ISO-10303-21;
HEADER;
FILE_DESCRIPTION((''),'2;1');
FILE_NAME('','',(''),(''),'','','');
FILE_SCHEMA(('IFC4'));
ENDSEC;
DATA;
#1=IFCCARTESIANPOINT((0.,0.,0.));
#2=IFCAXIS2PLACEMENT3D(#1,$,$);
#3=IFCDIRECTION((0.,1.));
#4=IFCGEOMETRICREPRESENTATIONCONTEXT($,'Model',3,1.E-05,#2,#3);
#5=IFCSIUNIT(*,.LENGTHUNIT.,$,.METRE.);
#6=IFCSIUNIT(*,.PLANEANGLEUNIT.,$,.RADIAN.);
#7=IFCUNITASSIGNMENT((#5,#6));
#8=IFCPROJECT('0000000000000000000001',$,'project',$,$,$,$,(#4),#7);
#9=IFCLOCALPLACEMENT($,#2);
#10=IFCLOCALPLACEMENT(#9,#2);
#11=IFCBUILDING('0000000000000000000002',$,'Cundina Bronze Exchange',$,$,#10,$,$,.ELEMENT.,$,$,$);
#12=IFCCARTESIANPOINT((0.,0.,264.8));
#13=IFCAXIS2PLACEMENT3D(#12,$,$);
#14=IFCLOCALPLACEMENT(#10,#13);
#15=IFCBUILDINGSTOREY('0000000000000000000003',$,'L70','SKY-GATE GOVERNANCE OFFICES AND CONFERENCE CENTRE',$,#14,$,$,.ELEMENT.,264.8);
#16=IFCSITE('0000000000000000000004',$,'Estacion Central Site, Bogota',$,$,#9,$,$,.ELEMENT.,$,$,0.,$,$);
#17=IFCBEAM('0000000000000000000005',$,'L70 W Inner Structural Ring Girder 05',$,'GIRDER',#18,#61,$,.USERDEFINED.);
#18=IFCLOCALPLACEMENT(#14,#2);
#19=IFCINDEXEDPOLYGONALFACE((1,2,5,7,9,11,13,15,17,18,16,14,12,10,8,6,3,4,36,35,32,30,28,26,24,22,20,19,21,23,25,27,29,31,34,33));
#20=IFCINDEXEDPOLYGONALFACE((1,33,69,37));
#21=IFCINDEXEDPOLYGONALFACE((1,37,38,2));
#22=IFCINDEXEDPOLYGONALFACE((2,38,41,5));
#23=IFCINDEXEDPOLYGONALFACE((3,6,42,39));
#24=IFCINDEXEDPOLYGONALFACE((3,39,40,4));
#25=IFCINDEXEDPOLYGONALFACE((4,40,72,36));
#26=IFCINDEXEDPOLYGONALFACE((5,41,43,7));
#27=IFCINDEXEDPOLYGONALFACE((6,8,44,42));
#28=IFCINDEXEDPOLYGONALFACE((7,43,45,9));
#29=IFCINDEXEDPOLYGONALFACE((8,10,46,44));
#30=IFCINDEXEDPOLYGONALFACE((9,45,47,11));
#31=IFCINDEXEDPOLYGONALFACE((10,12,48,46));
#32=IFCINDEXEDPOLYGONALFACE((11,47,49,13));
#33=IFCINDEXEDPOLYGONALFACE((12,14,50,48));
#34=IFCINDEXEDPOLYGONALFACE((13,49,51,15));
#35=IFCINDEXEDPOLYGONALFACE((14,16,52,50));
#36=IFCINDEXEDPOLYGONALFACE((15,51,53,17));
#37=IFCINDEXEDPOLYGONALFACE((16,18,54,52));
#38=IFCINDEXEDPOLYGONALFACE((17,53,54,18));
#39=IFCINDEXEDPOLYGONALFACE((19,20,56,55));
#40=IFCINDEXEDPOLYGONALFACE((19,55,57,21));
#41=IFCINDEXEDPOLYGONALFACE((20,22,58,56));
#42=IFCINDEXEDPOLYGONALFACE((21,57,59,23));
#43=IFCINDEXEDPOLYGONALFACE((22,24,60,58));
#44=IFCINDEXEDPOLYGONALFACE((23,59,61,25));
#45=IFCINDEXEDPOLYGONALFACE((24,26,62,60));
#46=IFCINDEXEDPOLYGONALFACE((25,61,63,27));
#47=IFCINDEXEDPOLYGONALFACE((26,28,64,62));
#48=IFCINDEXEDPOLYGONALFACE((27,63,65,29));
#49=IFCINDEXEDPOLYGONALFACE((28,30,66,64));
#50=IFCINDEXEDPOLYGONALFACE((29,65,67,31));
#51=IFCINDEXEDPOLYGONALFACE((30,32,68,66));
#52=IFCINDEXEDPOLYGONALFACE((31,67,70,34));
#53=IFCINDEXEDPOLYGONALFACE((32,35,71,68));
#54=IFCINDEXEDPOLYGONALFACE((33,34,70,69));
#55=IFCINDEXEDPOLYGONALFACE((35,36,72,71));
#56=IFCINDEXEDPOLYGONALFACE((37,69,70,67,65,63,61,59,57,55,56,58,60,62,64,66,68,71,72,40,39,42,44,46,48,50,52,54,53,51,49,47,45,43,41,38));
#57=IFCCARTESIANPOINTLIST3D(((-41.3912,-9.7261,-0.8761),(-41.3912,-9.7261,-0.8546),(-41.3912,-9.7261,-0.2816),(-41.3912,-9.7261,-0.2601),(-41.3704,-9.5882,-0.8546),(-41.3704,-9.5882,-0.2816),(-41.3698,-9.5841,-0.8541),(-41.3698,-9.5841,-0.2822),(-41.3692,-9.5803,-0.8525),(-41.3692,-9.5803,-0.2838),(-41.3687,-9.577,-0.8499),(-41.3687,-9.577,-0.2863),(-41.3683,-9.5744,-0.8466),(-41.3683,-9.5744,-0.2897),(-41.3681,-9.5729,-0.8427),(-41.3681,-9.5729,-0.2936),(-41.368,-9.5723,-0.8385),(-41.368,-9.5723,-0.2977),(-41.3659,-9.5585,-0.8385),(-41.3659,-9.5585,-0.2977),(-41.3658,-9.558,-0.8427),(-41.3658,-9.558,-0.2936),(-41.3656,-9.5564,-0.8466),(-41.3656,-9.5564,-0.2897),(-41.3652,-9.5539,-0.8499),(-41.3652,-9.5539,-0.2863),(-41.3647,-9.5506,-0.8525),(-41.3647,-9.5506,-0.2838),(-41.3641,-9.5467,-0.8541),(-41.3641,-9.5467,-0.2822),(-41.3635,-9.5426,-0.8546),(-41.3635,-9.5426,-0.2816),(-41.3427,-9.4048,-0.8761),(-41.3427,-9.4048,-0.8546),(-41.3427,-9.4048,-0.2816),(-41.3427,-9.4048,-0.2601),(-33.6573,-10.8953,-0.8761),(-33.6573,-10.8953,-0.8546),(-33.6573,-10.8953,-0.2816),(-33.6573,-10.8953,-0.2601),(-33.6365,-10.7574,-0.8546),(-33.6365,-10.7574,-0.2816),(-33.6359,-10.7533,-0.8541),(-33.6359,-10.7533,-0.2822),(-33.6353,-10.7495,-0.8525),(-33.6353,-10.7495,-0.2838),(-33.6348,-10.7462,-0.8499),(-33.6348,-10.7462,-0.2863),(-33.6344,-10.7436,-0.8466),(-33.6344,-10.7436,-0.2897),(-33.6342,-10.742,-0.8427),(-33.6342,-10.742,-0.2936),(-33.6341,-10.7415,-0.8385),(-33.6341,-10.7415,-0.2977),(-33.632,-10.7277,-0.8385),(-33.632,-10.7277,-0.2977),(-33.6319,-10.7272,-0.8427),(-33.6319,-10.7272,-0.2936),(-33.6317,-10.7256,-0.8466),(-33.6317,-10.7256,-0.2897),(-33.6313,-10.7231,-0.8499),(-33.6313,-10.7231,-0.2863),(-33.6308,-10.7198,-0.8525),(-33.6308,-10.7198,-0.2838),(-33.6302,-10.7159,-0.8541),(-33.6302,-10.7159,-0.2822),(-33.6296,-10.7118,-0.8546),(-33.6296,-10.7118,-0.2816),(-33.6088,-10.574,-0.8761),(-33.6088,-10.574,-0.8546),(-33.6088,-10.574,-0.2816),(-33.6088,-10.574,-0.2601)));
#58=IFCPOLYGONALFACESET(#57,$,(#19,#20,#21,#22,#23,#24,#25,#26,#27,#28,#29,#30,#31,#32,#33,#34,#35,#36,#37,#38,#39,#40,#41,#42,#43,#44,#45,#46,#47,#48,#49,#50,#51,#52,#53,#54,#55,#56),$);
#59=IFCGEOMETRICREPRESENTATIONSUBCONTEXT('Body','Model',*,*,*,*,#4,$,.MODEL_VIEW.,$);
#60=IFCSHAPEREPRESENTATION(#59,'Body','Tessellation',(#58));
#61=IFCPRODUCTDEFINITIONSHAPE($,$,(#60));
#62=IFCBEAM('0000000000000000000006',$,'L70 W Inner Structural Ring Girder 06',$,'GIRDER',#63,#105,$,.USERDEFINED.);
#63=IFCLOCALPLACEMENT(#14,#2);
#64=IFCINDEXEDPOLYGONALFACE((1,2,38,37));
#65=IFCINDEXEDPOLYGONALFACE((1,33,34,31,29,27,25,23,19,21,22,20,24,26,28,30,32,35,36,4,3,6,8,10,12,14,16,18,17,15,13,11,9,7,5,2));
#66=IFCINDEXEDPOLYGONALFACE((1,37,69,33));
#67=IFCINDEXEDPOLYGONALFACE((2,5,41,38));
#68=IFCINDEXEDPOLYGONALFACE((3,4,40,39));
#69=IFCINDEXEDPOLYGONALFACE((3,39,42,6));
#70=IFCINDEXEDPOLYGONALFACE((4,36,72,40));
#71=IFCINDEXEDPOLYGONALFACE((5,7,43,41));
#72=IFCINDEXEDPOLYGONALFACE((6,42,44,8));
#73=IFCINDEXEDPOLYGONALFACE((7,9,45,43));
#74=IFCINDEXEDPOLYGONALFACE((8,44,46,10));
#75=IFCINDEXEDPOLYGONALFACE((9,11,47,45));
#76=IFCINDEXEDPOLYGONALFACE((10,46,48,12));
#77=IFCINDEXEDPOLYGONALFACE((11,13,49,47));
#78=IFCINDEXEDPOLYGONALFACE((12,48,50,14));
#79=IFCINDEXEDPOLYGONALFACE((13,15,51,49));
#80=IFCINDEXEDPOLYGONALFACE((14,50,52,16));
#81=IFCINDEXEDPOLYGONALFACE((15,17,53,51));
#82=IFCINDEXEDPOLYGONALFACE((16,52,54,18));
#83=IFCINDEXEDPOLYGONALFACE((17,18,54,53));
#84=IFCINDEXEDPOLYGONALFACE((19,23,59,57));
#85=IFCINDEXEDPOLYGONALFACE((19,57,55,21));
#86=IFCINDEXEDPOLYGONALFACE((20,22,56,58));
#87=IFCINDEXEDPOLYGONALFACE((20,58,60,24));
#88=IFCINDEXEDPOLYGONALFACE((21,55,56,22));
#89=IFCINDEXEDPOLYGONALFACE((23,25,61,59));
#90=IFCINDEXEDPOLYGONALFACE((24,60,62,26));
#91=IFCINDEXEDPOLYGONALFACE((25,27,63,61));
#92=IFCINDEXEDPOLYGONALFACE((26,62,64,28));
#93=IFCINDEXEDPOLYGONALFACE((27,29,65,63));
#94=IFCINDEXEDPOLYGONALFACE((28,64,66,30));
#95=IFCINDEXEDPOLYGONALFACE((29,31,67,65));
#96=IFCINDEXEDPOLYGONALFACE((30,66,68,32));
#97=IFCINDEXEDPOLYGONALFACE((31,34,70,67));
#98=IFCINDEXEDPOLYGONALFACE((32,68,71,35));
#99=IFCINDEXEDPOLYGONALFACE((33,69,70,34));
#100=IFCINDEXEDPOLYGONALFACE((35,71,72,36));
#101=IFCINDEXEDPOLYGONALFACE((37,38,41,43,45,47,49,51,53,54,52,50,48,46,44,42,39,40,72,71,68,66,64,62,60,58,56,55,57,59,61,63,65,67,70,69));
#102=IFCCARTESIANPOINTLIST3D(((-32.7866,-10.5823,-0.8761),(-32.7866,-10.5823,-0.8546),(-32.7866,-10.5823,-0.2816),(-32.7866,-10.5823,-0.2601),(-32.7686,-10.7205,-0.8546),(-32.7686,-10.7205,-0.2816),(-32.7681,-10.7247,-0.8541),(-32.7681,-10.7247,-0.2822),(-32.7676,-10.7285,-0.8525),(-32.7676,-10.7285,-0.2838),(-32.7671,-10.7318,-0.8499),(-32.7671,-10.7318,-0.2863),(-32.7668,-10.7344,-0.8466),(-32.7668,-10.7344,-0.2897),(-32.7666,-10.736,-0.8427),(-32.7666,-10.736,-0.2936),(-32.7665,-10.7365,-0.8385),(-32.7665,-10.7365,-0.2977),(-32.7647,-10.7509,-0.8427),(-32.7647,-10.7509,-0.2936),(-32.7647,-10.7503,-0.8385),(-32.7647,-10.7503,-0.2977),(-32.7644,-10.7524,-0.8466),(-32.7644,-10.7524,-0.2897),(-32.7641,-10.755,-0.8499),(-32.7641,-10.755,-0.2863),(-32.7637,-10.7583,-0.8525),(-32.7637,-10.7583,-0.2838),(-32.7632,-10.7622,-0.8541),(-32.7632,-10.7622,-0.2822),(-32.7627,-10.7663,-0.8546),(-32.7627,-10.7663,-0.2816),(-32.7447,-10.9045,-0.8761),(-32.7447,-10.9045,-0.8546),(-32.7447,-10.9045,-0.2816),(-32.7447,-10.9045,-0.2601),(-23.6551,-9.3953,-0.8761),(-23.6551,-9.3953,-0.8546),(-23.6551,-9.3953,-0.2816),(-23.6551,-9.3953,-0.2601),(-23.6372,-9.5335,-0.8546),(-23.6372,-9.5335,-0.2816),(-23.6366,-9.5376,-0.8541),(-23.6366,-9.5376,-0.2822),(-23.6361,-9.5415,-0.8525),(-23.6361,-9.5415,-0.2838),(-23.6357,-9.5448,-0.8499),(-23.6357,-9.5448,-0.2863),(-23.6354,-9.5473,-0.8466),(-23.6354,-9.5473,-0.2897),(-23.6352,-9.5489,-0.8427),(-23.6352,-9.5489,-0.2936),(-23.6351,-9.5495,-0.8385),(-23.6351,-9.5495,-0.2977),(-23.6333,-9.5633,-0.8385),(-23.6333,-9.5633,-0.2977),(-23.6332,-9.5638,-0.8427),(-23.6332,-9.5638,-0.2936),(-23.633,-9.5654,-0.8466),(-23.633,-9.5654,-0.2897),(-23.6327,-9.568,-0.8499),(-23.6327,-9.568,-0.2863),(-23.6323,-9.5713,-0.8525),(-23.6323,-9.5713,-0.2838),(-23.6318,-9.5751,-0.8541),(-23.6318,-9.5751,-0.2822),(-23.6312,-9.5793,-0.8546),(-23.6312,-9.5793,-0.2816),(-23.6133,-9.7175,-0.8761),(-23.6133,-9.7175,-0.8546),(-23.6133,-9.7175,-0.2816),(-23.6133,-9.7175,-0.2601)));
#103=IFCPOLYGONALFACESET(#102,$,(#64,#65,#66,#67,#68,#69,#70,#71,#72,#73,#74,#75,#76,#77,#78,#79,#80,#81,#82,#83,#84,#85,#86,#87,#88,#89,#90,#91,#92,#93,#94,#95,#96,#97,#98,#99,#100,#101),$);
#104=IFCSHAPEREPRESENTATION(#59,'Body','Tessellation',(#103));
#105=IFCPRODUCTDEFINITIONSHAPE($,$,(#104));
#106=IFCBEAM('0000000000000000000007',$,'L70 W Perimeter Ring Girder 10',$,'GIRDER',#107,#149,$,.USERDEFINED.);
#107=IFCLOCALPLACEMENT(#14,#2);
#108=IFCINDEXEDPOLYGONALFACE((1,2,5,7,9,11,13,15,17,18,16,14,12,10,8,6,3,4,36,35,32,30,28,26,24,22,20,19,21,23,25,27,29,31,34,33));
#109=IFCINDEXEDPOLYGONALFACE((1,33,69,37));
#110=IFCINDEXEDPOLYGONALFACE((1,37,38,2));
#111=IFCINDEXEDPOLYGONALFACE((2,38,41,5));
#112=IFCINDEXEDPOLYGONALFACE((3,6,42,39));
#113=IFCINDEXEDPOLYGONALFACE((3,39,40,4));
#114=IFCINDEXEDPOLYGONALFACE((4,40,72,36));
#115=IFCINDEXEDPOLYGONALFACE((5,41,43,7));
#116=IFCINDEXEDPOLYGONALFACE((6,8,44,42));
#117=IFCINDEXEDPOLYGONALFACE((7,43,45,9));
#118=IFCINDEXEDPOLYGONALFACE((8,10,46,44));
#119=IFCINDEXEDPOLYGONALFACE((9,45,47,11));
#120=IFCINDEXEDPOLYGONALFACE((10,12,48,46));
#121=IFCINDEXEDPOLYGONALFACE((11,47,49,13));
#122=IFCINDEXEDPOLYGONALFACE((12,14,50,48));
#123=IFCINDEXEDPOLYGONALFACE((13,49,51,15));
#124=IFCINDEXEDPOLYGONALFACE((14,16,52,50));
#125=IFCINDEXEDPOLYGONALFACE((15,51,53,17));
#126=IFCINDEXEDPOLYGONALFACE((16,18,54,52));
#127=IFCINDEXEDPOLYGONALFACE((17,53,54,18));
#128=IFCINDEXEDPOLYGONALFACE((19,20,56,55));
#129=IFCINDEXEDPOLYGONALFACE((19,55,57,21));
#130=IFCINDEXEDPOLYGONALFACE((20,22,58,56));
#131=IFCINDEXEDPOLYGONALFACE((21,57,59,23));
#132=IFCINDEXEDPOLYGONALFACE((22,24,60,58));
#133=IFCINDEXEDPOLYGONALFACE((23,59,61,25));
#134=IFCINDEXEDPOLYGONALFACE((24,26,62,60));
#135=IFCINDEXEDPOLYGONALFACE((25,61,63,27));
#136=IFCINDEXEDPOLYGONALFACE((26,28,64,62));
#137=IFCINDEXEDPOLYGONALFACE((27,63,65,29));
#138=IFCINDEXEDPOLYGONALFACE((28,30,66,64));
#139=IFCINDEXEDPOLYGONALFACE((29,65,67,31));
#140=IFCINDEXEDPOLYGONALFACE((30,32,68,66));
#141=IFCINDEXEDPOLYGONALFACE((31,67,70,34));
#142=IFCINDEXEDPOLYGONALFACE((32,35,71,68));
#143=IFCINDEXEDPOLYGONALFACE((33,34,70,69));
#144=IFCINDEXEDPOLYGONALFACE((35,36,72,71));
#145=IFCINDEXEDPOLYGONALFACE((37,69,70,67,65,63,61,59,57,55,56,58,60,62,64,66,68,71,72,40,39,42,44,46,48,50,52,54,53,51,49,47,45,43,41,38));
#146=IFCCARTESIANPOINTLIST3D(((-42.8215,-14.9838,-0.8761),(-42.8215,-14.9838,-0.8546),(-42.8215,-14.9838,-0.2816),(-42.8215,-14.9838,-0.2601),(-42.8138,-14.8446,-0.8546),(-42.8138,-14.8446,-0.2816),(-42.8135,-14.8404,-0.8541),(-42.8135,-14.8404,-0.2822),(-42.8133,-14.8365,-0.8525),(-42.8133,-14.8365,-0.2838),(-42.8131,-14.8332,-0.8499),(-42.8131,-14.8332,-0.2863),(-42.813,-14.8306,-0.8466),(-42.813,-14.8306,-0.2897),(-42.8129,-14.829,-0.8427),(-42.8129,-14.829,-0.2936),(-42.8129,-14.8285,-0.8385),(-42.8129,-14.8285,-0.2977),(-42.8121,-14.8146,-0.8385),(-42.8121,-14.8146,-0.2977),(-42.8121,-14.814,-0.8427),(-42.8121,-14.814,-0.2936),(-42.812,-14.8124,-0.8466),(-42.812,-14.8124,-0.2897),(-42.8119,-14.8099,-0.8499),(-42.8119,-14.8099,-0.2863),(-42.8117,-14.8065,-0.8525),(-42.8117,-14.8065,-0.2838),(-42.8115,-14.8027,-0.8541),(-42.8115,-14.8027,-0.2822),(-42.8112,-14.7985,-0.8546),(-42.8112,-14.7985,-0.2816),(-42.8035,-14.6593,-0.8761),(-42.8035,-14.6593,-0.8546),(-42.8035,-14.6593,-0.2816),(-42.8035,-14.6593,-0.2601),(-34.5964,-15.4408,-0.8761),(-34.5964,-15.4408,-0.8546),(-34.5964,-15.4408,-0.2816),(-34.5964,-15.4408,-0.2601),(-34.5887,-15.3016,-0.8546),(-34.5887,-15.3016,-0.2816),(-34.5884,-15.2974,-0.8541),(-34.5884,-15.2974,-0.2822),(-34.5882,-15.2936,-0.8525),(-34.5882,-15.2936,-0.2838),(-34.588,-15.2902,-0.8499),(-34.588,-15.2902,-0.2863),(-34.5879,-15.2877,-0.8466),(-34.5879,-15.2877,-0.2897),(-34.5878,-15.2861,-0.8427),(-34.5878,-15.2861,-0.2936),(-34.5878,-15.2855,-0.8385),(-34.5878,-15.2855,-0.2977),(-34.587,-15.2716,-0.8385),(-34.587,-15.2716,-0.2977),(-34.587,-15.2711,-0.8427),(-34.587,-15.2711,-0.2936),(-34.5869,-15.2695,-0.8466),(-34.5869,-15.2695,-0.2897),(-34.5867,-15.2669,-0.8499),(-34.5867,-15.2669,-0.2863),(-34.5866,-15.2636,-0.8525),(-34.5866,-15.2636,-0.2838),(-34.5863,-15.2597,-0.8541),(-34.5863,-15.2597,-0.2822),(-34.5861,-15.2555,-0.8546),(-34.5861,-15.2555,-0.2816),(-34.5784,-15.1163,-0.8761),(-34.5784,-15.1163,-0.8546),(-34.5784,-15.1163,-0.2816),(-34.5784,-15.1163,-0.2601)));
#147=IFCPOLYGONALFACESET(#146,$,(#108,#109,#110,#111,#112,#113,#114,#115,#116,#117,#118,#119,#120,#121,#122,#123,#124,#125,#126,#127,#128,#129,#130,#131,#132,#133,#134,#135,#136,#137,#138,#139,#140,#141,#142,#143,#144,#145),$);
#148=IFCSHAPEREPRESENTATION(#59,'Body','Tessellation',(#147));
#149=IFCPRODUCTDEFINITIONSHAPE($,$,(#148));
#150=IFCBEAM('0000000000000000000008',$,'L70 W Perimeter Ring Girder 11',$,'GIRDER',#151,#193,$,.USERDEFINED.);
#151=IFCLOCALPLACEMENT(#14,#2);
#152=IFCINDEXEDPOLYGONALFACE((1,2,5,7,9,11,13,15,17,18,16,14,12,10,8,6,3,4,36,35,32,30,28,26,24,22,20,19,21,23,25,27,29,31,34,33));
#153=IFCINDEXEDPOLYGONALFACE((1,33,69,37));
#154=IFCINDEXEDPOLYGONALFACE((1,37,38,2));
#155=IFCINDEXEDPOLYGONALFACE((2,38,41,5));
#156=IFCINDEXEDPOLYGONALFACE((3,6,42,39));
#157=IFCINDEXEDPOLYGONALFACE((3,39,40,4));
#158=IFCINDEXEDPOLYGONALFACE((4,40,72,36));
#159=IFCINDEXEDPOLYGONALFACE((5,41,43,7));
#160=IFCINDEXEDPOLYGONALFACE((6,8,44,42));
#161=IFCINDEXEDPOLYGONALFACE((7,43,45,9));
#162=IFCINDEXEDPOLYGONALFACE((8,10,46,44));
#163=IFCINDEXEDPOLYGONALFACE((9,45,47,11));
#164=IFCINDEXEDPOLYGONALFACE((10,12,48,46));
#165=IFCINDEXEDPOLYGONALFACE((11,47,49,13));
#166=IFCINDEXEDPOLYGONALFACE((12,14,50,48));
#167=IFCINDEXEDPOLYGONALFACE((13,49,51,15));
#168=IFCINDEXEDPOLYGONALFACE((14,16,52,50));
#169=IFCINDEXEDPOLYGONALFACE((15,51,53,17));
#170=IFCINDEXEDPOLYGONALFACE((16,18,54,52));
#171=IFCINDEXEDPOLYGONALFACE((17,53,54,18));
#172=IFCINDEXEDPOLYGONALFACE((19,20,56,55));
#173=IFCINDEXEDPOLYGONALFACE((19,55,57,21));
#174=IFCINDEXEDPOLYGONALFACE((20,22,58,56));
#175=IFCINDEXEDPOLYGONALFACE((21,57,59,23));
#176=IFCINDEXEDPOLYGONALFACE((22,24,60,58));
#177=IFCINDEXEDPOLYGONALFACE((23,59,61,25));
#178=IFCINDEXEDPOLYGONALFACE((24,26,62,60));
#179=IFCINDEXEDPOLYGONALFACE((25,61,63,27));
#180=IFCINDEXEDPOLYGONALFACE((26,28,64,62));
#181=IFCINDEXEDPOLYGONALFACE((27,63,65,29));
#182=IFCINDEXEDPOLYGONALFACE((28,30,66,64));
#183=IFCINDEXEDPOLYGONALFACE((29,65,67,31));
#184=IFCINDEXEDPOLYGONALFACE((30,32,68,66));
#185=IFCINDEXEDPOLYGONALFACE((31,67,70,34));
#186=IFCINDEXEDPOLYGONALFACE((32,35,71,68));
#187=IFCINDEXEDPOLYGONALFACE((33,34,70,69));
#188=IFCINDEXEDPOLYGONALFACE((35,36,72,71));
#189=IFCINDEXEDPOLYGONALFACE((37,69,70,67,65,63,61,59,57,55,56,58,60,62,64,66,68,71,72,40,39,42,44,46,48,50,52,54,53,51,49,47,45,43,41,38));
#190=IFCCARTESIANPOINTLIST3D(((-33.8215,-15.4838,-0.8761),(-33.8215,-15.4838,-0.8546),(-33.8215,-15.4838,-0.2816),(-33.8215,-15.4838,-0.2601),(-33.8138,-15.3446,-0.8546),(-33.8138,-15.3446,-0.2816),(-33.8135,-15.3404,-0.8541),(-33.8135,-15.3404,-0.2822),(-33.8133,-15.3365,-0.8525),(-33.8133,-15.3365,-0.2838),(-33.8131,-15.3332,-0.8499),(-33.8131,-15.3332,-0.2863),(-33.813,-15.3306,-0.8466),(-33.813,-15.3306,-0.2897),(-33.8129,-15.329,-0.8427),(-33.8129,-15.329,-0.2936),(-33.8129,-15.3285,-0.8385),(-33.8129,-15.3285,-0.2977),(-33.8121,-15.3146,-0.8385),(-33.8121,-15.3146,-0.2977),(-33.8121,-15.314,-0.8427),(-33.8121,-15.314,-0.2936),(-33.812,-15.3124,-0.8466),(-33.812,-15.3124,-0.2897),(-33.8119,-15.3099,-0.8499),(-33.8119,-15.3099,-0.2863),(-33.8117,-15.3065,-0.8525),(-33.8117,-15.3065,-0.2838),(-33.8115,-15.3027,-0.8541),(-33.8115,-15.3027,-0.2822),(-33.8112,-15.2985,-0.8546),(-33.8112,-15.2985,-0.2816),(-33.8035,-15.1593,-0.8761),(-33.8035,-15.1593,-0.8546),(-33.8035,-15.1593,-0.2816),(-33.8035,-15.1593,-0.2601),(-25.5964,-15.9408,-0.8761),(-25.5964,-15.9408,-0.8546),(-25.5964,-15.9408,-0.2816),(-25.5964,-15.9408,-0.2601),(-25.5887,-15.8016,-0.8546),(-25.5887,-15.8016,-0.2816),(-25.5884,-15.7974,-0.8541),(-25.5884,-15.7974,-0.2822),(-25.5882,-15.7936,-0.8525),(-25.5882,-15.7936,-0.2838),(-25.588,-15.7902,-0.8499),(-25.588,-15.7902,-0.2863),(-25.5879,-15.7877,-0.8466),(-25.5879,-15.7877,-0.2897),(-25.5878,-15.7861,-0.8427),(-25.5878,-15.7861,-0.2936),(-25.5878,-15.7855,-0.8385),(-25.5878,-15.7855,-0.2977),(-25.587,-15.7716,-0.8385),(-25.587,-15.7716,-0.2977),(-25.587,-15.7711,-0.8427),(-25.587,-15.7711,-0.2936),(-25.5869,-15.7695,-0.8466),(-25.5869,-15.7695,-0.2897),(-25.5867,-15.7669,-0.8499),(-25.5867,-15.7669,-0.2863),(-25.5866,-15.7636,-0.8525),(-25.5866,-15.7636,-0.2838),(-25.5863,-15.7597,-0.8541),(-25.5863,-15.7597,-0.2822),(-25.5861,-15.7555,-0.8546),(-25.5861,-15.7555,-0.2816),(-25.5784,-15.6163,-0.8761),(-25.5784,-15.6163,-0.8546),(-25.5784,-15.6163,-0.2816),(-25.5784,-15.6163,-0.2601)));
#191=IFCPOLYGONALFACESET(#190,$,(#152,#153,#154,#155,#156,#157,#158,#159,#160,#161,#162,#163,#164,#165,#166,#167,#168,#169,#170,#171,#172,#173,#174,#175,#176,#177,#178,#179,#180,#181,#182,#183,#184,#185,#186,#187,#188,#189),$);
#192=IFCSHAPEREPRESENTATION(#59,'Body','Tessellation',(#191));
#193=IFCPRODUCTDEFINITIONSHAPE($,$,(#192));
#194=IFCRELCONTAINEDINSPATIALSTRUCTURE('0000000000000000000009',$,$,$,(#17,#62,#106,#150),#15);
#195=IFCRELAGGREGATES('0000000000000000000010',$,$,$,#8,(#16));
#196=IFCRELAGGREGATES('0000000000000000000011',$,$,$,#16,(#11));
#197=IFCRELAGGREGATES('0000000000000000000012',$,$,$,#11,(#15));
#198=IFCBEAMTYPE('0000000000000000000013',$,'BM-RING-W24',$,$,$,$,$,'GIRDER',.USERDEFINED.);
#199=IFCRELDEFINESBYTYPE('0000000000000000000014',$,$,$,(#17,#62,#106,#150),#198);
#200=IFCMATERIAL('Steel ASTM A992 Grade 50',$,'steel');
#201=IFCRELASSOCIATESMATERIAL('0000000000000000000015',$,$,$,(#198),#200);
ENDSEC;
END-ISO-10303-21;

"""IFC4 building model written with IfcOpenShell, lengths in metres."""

from ifc_helpers import new_model, si_unit, direction, frame, origin, origin_2d, place, context, subcontext, project, spatial, i_section, extrude, material, material_profile, profile_set, type_object, element, save


model = new_model("IFC4")

# Units and contexts
model_context = context("Model", 3, precision=1e-05, world=origin(), true_north=direction((0.0, 1.0)))
body_context = subcontext(model_context, "Body", "Model", "MODEL_VIEW")
ifc_project = project(units=[si_unit("LENGTHUNIT", "METRE"), si_unit("PLANEANGLEUNIT", "RADIAN")], contexts=[model_context])

# Site, building, storey
site_placement = place(None, origin())
site = spatial("IfcSite", under=ifc_project, at=site_placement, Name="Estacion Central Site, Bogota", CompositionType="ELEMENT", RefElevation=0.0)
building_placement = place(site_placement, origin())
building = spatial("IfcBuilding", under=site, at=building_placement, Name="Cundina Bronze Exchange", CompositionType="ELEMENT")
storey_placement = place(building_placement, frame((0.0, 0.0, 264.8)))
storey = spatial("IfcBuildingStorey", under=building, at=storey_placement, Name="L70", Description="SKY-GATE GOVERNANCE OFFICES AND CONFERENCE CENTRE", CompositionType="ELEMENT", Elevation=264.8)

# Beams
ifc_material_1 = material(Name="Steel ASTM A992 Grade 50", Category="steel")
ifc_material_profile_1 = material_profile(ifc_material_1, i_section(OverallWidth=0.325, OverallDepth=0.616, WebThickness=0.0139, FlangeThickness=0.0215, FilletRadius=0.0161, at=origin_2d()), Name="W24X117", Category="steel")
ifc_profile_set_1 = profile_set([ifc_material_profile_1], Name="Steel ASTM A992 Grade 50")
beam_type_1 = type_object("IfcBeamType", Name="BM-RING-W24", ElementType="GIRDER", PredefinedType="USERDEFINED", material=ifc_profile_set_1)
beam_1_placement = place(storey_placement, frame((-41.3669, -9.5654, -0.5681), z_axis=(0.988765, -0.149479, 0.0), x_axis=(0.149479, 0.988765, 0.0)))
element("IfcBeam", 1, at=beam_1_placement, inside=storey, type_object=beam_type_1, Name="L70 W Inner Structural Ring Girder 05", ObjectType="GIRDER", PredefinedType="USERDEFINED", context=body_context, shape_type="SweptSolid", body=[
    extrude(i_section(OverallWidth=0.325, OverallDepth=0.616, WebThickness=0.0139, FlangeThickness=0.0215, FilletRadius=0.0161, at=origin_2d()), origin(), (0.0, 0.0, 1.0), 7.8218),
])
beam_2_placement = place(storey_placement, frame((-32.7656, -10.7434, -0.5681), z_axis=(0.991656, 0.128908, 0.0), x_axis=(-0.128908, 0.991656, 0.0)))
element("IfcBeam", 2, at=beam_2_placement, inside=storey, type_object=beam_type_1, Name="L70 W Inner Structural Ring Girder 06", ObjectType="GIRDER", PredefinedType="USERDEFINED", context=body_context, shape_type="SweptSolid", body=[
    extrude(i_section(OverallWidth=0.325, OverallDepth=0.616, WebThickness=0.0139, FlangeThickness=0.0215, FilletRadius=0.0161, at=origin_2d()), origin(), (0.0, 0.0, 1.0), 9.2083),
])
for number, where, z_axis, x_axis, name in (
    (3, (-42.8125, -14.8215, -0.5681), (0.99846, -0.05548, 0.0), (0.05548, 0.99846, 0.0), "L70 W Perimeter Ring Girder 10"),
    (4, (-33.8125, -15.3215, -0.5681), (0.99846, -0.05548, 0.0), (0.05548, 0.99846, 0.0), "L70 W Perimeter Ring Girder 11"),
):
    element("IfcBeam", number, at=place(storey_placement, frame(where, z_axis=z_axis, x_axis=x_axis)), inside=storey, type_object=beam_type_1, Name=name, ObjectType="GIRDER", PredefinedType="USERDEFINED", context=body_context, shape_type="SweptSolid", body=[
        extrude(i_section(OverallWidth=0.325, OverallDepth=0.616, WebThickness=0.0139, FlangeThickness=0.0215, FilletRadius=0.0161, at=origin_2d()), origin(), (0.0, 0.0, 1.0), 8.2378),
    ])

save(model, "model.ifc")
